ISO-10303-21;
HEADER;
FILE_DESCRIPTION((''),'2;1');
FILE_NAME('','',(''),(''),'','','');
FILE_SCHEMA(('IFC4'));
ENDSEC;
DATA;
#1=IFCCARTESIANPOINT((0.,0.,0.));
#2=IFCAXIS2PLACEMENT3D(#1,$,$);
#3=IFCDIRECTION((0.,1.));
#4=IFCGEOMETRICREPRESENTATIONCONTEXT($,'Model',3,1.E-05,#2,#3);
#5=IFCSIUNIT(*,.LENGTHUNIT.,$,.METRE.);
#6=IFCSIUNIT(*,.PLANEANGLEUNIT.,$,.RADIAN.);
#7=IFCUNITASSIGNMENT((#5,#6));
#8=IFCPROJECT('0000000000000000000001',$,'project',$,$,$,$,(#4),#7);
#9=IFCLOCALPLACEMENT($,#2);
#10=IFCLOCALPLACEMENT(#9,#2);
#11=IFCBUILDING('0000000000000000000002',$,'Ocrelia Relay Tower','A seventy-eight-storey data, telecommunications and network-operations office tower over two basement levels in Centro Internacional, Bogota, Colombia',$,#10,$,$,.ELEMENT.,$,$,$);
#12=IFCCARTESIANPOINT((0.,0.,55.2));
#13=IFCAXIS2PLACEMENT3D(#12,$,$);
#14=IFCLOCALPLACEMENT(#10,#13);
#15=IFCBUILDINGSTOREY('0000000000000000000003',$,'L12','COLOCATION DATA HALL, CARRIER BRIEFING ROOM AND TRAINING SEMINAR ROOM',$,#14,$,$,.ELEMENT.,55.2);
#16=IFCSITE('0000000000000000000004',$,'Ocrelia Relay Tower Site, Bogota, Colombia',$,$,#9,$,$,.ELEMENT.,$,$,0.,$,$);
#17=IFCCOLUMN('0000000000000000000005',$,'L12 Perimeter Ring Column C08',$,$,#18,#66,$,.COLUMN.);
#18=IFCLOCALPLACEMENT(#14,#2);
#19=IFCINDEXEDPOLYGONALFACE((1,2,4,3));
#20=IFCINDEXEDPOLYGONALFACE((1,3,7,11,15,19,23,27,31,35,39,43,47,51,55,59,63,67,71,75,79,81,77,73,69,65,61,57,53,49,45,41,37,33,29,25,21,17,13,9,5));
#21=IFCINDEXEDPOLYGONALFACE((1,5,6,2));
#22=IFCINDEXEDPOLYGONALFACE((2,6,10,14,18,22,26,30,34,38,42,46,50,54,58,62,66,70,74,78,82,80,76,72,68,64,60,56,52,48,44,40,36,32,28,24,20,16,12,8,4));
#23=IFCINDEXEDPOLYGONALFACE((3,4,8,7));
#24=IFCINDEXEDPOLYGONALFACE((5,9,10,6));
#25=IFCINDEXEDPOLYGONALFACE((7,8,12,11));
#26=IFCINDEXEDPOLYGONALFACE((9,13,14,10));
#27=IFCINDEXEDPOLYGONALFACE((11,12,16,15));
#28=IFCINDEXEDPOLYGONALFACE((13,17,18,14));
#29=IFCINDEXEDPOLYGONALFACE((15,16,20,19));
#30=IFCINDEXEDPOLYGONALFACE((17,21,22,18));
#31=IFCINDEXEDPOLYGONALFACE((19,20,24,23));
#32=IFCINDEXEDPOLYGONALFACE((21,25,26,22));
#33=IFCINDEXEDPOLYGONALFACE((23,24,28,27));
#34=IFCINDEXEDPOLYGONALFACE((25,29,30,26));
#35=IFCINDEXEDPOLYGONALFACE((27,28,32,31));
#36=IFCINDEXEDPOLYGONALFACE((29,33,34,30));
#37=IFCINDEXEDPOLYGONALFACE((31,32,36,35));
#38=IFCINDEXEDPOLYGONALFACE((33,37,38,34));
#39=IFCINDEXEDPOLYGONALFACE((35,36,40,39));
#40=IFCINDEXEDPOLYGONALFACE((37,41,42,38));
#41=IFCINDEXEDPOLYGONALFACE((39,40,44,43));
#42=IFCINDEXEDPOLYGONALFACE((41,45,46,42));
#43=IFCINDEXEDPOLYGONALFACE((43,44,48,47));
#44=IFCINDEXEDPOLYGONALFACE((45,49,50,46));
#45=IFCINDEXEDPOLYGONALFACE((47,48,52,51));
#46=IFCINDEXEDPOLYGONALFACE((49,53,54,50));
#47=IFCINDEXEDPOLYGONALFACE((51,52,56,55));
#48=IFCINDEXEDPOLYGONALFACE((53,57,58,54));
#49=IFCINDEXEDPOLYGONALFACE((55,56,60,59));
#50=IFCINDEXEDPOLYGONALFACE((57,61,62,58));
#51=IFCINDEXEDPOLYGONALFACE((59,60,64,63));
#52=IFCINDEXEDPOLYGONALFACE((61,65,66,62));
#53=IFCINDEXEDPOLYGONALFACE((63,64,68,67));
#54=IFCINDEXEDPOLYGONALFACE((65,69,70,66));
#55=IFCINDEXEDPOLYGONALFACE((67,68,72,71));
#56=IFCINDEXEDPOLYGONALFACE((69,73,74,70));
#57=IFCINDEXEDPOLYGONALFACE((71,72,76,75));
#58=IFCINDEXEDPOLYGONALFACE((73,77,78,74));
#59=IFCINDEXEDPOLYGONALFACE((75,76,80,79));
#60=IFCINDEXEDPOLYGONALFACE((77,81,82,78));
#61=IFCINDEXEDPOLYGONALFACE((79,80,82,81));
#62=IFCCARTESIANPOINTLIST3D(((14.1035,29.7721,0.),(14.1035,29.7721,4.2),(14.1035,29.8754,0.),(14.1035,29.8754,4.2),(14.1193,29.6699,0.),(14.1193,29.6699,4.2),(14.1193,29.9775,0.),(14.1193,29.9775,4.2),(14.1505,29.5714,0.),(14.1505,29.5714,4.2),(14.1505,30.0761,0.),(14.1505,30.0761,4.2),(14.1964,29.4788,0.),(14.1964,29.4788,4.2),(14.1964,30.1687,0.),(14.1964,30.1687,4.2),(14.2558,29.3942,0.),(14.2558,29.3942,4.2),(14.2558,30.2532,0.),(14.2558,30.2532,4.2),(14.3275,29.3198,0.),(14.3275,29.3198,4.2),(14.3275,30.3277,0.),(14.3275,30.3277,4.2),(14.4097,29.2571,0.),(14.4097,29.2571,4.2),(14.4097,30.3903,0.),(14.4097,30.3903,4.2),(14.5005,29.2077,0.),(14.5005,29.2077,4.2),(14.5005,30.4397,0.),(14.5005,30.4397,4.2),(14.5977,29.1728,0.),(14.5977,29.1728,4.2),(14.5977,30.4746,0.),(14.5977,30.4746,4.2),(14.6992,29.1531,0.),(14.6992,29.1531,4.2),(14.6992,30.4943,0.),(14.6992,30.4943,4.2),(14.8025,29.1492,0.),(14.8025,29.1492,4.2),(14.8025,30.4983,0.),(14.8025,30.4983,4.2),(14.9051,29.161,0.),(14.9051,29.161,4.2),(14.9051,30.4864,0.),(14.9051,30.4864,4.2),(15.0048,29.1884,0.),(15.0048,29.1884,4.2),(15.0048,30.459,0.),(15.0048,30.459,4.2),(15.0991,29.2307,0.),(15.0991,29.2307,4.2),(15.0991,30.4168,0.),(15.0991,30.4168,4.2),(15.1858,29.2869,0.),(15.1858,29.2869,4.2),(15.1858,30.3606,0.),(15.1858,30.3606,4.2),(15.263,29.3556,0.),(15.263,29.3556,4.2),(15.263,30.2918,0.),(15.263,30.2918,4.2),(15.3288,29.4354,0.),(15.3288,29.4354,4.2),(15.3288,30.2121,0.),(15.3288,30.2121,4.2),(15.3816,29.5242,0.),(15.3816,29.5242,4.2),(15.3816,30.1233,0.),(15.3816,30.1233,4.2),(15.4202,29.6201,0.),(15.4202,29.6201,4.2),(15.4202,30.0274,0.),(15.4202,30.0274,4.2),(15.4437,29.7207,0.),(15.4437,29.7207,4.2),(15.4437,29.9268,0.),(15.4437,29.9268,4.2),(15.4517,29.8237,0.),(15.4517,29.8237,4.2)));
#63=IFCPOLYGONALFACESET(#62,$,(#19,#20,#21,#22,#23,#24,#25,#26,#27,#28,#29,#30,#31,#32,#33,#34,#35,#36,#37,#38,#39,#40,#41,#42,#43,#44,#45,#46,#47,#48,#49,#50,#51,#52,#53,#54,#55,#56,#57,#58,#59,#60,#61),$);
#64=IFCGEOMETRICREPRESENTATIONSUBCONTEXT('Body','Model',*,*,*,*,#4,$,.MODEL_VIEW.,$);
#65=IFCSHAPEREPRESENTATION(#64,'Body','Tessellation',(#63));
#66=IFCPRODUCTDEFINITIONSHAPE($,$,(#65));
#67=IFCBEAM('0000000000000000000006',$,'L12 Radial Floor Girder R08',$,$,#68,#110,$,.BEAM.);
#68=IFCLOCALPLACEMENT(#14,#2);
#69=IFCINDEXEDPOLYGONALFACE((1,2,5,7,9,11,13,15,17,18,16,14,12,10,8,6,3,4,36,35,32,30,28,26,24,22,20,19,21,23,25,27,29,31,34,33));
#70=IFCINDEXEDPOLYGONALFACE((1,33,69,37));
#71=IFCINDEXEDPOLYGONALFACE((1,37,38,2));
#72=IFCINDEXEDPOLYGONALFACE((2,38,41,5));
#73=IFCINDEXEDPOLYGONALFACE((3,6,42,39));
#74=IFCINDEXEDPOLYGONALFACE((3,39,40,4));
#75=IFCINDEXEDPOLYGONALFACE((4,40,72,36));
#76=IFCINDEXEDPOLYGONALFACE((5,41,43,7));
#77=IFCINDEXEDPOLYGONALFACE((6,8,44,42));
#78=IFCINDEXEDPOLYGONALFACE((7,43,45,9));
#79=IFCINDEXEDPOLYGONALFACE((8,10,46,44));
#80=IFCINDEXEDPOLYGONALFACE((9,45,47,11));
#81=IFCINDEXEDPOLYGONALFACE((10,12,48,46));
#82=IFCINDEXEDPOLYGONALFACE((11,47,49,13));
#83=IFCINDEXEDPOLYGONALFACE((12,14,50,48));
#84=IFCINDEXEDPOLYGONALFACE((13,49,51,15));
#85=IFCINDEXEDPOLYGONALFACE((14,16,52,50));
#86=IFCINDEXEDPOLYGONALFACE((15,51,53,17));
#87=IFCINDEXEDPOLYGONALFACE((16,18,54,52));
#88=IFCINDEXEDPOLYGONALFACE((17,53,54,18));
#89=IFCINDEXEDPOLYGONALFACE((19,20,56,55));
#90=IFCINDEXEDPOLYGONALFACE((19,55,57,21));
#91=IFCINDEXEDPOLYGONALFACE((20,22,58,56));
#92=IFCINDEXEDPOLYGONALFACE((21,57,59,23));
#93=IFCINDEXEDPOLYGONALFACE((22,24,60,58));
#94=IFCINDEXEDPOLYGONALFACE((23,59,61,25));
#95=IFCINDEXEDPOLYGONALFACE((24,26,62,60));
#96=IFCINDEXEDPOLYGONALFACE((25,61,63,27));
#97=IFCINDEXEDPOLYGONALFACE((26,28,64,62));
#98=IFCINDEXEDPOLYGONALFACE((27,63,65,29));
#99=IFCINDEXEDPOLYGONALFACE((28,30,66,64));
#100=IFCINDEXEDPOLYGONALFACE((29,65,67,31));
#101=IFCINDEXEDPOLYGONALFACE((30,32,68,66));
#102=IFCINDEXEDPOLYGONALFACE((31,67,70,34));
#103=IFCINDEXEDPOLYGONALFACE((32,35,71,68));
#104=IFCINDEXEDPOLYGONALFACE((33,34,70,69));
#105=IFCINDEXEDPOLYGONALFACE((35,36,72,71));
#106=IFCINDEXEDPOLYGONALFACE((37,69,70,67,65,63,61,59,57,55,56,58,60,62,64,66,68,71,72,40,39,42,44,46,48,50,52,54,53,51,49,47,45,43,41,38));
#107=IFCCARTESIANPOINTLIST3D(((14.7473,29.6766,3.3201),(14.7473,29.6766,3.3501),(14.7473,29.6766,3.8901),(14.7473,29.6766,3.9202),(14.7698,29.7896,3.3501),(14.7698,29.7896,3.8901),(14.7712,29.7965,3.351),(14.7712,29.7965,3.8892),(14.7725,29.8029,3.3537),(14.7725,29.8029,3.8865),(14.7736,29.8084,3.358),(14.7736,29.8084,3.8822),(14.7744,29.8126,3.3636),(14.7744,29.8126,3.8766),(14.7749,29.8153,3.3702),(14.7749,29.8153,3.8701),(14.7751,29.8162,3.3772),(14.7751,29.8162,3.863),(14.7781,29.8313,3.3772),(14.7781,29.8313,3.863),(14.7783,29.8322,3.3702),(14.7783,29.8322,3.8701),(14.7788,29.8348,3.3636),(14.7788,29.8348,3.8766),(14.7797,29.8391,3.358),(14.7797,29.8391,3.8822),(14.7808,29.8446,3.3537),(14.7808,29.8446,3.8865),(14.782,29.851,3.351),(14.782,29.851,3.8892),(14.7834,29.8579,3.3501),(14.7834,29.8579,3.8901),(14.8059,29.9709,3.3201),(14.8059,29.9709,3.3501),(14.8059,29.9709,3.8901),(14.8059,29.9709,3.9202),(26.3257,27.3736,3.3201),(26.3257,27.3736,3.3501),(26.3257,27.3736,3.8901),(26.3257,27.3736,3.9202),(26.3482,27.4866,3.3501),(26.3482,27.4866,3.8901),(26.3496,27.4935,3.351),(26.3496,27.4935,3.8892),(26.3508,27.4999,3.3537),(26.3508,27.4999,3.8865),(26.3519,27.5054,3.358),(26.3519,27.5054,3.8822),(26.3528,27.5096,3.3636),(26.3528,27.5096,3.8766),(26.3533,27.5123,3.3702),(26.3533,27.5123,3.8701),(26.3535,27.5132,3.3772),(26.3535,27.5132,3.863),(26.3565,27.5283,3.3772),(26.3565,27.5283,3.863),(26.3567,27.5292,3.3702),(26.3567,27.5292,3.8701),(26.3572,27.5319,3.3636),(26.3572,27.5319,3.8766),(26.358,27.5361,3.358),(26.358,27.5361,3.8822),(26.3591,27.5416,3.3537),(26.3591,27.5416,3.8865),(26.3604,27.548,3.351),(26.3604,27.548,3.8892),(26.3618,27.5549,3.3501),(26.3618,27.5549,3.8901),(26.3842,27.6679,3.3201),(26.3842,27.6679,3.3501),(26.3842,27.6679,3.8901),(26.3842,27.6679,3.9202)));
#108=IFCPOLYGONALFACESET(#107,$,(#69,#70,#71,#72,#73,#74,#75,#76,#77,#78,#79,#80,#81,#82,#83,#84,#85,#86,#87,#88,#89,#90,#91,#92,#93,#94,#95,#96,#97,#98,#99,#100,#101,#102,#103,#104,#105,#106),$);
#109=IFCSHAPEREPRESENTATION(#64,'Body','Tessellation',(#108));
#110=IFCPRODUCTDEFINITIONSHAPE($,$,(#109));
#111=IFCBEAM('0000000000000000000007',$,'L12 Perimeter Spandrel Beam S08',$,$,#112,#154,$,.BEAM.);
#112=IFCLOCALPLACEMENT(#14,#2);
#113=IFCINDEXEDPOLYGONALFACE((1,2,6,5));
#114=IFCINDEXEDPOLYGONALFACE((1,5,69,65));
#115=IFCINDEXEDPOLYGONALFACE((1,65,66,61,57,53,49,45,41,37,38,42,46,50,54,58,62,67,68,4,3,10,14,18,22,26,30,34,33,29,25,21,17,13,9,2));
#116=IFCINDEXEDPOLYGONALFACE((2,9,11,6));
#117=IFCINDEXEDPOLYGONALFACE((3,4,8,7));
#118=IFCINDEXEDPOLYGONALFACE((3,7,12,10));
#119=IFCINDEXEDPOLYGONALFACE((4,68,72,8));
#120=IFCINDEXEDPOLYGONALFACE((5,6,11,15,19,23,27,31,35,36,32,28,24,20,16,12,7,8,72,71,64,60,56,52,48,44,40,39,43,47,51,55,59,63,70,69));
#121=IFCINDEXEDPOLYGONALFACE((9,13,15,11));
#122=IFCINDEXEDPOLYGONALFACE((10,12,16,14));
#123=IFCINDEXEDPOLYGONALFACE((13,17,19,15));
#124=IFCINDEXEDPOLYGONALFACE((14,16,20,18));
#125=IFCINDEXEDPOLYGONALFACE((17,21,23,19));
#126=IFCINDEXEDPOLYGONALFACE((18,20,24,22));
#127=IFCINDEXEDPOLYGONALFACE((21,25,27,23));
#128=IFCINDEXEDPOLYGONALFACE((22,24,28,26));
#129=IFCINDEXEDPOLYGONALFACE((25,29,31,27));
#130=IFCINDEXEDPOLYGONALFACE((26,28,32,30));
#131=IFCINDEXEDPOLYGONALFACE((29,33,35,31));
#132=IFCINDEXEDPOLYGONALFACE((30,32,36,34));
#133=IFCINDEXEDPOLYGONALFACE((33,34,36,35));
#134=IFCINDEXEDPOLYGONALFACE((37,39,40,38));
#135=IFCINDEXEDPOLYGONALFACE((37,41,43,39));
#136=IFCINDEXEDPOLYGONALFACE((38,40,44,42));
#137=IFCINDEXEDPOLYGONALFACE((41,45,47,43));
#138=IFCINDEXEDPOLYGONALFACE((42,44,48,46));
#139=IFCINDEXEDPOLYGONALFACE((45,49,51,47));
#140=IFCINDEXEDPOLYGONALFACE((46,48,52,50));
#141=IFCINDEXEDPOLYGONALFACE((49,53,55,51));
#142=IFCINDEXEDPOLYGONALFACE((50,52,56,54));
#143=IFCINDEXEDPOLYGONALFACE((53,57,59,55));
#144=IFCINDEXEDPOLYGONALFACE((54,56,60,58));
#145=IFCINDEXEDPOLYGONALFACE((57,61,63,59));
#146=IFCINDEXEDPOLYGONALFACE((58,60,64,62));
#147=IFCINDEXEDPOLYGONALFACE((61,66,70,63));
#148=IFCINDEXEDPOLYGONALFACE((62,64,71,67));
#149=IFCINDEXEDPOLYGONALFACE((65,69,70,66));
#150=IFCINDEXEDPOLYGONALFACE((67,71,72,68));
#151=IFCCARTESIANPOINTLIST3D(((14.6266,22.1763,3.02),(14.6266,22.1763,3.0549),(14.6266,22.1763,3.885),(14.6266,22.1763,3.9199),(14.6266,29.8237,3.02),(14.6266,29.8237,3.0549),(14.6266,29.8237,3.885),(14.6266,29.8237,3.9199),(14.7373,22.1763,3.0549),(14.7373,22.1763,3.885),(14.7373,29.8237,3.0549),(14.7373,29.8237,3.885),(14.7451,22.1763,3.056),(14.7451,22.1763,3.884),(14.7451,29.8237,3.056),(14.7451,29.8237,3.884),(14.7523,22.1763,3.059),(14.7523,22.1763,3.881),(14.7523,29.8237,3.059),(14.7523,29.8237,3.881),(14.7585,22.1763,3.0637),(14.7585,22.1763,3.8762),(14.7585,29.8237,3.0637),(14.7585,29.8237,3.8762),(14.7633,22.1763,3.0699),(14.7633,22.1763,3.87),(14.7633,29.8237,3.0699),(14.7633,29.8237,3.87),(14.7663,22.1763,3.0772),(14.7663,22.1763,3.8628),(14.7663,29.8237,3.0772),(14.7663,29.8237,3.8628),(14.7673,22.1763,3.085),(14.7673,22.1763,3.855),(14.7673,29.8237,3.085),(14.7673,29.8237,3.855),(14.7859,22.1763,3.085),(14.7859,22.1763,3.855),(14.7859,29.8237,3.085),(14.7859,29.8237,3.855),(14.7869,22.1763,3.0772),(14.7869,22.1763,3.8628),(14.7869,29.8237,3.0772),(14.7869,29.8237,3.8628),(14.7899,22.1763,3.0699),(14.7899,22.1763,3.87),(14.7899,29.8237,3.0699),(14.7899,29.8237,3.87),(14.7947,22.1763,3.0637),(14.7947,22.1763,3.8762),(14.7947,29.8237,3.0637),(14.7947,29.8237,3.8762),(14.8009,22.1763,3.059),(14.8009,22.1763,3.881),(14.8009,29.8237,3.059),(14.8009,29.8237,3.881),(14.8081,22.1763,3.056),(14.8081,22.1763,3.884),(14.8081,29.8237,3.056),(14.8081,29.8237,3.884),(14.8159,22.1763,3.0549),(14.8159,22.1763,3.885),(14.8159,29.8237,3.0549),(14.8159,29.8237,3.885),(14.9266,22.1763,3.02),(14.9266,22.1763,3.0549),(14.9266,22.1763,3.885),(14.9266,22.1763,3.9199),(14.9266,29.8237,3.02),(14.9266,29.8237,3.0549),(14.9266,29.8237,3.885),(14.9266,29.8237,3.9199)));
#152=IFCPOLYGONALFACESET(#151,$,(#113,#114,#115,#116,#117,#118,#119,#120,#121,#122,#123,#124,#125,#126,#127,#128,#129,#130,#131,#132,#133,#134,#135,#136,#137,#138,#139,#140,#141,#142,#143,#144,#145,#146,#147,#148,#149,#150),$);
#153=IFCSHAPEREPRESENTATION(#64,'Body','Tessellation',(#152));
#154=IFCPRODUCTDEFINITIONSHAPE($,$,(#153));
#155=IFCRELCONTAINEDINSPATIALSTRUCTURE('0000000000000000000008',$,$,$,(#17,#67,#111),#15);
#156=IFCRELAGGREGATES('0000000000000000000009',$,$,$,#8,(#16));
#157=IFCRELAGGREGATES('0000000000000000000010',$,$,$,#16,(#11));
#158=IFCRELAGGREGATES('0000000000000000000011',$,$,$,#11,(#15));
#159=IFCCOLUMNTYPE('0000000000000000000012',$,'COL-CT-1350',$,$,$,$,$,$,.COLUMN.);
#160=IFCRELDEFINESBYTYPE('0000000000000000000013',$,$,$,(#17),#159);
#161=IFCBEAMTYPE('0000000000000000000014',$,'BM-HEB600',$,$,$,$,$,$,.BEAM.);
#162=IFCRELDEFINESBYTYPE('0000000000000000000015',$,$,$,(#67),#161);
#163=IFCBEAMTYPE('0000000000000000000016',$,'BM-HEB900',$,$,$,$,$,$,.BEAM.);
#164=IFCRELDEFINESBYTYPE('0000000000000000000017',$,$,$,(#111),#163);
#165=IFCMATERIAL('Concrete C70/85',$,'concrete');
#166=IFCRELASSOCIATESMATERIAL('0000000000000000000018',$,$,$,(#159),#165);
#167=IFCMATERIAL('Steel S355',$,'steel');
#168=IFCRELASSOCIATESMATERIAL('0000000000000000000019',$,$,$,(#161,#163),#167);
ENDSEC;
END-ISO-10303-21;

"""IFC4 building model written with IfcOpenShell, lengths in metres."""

from ifc_helpers import new_model, si_unit, direction, frame, origin, origin_2d, place, context, subcontext, project, spatial, circle, i_section, extrude, material, material_profile, profile_set, type_object, element, save


model = new_model("IFC4")

# Units and contexts
model_context = context("Model", 3, precision=1e-05, world=origin(), true_north=direction((0.0, 1.0)))
body_context = subcontext(model_context, "Body", "Model", "MODEL_VIEW")
ifc_project = project(units=[si_unit("LENGTHUNIT", "METRE"), si_unit("PLANEANGLEUNIT", "RADIAN")], contexts=[model_context])

# Site, building, storey
site_placement = place(None, origin())
site = spatial("IfcSite", under=ifc_project, at=site_placement, Name="Ocrelia Relay Tower Site, Bogota, Colombia", CompositionType="ELEMENT", RefElevation=0.0)
building_placement = place(site_placement, origin())
building = spatial("IfcBuilding", under=site, at=building_placement, Name="Ocrelia Relay Tower", Description="A seventy-eight-storey data, telecommunications and network-operations office tower over two basement levels in Centro Internacional, Bogota, Colombia", CompositionType="ELEMENT")
storey_placement = place(building_placement, frame((0.0, 0.0, 55.2)))
storey = spatial("IfcBuildingStorey", under=building, at=storey_placement, Name="L12", Description="COLOCATION DATA HALL, CARRIER BRIEFING ROOM AND TRAINING SEMINAR ROOM", CompositionType="ELEMENT", Elevation=55.2)

# Column
ifc_material_1 = material(Name="Concrete C70/85", Category="concrete")
ifc_material_profile_1 = material_profile(ifc_material_1, circle(Radius=0.675, at=origin_2d()), Name="RC-CIR-1350")
ifc_profile_set_1 = profile_set([ifc_material_profile_1], Name="Concrete C70/85")
column_type = type_object("IfcColumnType", Name="COL-CT-1350", PredefinedType="COLUMN", material=ifc_profile_set_1)
column_placement = place(storey_placement, frame((14.7766, 29.8237, 0.0), z_axis=(0.0, 0.0, 1.0), x_axis=(1.0, 0.0, 0.0)))
element("IfcColumn", 1, at=column_placement, inside=storey, type_object=column_type, Name="L12 Perimeter Ring Column C08", PredefinedType="COLUMN", context=body_context, shape_type="SweptSolid", body=[
    extrude(circle(Radius=0.675, at=origin_2d()), origin(), (0.0, 0.0, 1.0), 4.2),
])

# Beams
ifc_material_2 = material(Name="Steel S355", Category="steel")
ifc_material_profile_2 = material_profile(ifc_material_2, i_section(OverallWidth=0.3, OverallDepth=0.6001, WebThickness=0.0154, FlangeThickness=0.03, FilletRadius=0.0271, at=origin_2d()), Name="HEB 600")
ifc_profile_set_2 = profile_set([ifc_material_profile_2], Name="Steel S355")
beam_type_1 = type_object("IfcBeamType", Name="BM-HEB600", PredefinedType="BEAM", material=ifc_profile_set_2)
beam_1_placement = place(storey_placement, frame((14.7766, 29.8237, 3.6201), z_axis=(0.980787, -0.195082, 0.0), x_axis=(0.195082, 0.980787, 0.0)))
element("IfcBeam", 2, at=beam_1_placement, inside=storey, type_object=beam_type_1, Name="L12 Radial Floor Girder R08", PredefinedType="BEAM", context=body_context, shape_type="SweptSolid", body=[
    extrude(i_section(OverallWidth=0.3, OverallDepth=0.6001, WebThickness=0.0154, FlangeThickness=0.03, FilletRadius=0.0271, at=origin_2d()), origin(), (0.0, 0.0, 1.0), 11.8052),
])
ifc_material_profile_3 = material_profile(ifc_material_2, i_section(OverallWidth=0.3, OverallDepth=0.8999, WebThickness=0.0186, FlangeThickness=0.0349, FilletRadius=0.03, at=origin_2d()), Name="HEB 900")
ifc_profile_set_3 = profile_set([ifc_material_profile_3], Name="Steel S355")
beam_type_2 = type_object("IfcBeamType", Name="BM-HEB900", PredefinedType="BEAM", material=ifc_profile_set_3)
beam_2_placement = place(storey_placement, frame((14.7766, 29.8237, 3.47), z_axis=(0.0, -1.0, 0.0), x_axis=(1.0, 0.0, 0.0)))
element("IfcBeam", 3, at=beam_2_placement, inside=storey, type_object=beam_type_2, Name="L12 Perimeter Spandrel Beam S08", PredefinedType="BEAM", context=body_context, shape_type="SweptSolid", body=[
    extrude(i_section(OverallWidth=0.3, OverallDepth=0.8999, WebThickness=0.0186, FlangeThickness=0.0349, FilletRadius=0.03, at=origin_2d()), origin(), (0.0, 0.0, 1.0), 7.6475),
])

save(model, "model.ifc")
